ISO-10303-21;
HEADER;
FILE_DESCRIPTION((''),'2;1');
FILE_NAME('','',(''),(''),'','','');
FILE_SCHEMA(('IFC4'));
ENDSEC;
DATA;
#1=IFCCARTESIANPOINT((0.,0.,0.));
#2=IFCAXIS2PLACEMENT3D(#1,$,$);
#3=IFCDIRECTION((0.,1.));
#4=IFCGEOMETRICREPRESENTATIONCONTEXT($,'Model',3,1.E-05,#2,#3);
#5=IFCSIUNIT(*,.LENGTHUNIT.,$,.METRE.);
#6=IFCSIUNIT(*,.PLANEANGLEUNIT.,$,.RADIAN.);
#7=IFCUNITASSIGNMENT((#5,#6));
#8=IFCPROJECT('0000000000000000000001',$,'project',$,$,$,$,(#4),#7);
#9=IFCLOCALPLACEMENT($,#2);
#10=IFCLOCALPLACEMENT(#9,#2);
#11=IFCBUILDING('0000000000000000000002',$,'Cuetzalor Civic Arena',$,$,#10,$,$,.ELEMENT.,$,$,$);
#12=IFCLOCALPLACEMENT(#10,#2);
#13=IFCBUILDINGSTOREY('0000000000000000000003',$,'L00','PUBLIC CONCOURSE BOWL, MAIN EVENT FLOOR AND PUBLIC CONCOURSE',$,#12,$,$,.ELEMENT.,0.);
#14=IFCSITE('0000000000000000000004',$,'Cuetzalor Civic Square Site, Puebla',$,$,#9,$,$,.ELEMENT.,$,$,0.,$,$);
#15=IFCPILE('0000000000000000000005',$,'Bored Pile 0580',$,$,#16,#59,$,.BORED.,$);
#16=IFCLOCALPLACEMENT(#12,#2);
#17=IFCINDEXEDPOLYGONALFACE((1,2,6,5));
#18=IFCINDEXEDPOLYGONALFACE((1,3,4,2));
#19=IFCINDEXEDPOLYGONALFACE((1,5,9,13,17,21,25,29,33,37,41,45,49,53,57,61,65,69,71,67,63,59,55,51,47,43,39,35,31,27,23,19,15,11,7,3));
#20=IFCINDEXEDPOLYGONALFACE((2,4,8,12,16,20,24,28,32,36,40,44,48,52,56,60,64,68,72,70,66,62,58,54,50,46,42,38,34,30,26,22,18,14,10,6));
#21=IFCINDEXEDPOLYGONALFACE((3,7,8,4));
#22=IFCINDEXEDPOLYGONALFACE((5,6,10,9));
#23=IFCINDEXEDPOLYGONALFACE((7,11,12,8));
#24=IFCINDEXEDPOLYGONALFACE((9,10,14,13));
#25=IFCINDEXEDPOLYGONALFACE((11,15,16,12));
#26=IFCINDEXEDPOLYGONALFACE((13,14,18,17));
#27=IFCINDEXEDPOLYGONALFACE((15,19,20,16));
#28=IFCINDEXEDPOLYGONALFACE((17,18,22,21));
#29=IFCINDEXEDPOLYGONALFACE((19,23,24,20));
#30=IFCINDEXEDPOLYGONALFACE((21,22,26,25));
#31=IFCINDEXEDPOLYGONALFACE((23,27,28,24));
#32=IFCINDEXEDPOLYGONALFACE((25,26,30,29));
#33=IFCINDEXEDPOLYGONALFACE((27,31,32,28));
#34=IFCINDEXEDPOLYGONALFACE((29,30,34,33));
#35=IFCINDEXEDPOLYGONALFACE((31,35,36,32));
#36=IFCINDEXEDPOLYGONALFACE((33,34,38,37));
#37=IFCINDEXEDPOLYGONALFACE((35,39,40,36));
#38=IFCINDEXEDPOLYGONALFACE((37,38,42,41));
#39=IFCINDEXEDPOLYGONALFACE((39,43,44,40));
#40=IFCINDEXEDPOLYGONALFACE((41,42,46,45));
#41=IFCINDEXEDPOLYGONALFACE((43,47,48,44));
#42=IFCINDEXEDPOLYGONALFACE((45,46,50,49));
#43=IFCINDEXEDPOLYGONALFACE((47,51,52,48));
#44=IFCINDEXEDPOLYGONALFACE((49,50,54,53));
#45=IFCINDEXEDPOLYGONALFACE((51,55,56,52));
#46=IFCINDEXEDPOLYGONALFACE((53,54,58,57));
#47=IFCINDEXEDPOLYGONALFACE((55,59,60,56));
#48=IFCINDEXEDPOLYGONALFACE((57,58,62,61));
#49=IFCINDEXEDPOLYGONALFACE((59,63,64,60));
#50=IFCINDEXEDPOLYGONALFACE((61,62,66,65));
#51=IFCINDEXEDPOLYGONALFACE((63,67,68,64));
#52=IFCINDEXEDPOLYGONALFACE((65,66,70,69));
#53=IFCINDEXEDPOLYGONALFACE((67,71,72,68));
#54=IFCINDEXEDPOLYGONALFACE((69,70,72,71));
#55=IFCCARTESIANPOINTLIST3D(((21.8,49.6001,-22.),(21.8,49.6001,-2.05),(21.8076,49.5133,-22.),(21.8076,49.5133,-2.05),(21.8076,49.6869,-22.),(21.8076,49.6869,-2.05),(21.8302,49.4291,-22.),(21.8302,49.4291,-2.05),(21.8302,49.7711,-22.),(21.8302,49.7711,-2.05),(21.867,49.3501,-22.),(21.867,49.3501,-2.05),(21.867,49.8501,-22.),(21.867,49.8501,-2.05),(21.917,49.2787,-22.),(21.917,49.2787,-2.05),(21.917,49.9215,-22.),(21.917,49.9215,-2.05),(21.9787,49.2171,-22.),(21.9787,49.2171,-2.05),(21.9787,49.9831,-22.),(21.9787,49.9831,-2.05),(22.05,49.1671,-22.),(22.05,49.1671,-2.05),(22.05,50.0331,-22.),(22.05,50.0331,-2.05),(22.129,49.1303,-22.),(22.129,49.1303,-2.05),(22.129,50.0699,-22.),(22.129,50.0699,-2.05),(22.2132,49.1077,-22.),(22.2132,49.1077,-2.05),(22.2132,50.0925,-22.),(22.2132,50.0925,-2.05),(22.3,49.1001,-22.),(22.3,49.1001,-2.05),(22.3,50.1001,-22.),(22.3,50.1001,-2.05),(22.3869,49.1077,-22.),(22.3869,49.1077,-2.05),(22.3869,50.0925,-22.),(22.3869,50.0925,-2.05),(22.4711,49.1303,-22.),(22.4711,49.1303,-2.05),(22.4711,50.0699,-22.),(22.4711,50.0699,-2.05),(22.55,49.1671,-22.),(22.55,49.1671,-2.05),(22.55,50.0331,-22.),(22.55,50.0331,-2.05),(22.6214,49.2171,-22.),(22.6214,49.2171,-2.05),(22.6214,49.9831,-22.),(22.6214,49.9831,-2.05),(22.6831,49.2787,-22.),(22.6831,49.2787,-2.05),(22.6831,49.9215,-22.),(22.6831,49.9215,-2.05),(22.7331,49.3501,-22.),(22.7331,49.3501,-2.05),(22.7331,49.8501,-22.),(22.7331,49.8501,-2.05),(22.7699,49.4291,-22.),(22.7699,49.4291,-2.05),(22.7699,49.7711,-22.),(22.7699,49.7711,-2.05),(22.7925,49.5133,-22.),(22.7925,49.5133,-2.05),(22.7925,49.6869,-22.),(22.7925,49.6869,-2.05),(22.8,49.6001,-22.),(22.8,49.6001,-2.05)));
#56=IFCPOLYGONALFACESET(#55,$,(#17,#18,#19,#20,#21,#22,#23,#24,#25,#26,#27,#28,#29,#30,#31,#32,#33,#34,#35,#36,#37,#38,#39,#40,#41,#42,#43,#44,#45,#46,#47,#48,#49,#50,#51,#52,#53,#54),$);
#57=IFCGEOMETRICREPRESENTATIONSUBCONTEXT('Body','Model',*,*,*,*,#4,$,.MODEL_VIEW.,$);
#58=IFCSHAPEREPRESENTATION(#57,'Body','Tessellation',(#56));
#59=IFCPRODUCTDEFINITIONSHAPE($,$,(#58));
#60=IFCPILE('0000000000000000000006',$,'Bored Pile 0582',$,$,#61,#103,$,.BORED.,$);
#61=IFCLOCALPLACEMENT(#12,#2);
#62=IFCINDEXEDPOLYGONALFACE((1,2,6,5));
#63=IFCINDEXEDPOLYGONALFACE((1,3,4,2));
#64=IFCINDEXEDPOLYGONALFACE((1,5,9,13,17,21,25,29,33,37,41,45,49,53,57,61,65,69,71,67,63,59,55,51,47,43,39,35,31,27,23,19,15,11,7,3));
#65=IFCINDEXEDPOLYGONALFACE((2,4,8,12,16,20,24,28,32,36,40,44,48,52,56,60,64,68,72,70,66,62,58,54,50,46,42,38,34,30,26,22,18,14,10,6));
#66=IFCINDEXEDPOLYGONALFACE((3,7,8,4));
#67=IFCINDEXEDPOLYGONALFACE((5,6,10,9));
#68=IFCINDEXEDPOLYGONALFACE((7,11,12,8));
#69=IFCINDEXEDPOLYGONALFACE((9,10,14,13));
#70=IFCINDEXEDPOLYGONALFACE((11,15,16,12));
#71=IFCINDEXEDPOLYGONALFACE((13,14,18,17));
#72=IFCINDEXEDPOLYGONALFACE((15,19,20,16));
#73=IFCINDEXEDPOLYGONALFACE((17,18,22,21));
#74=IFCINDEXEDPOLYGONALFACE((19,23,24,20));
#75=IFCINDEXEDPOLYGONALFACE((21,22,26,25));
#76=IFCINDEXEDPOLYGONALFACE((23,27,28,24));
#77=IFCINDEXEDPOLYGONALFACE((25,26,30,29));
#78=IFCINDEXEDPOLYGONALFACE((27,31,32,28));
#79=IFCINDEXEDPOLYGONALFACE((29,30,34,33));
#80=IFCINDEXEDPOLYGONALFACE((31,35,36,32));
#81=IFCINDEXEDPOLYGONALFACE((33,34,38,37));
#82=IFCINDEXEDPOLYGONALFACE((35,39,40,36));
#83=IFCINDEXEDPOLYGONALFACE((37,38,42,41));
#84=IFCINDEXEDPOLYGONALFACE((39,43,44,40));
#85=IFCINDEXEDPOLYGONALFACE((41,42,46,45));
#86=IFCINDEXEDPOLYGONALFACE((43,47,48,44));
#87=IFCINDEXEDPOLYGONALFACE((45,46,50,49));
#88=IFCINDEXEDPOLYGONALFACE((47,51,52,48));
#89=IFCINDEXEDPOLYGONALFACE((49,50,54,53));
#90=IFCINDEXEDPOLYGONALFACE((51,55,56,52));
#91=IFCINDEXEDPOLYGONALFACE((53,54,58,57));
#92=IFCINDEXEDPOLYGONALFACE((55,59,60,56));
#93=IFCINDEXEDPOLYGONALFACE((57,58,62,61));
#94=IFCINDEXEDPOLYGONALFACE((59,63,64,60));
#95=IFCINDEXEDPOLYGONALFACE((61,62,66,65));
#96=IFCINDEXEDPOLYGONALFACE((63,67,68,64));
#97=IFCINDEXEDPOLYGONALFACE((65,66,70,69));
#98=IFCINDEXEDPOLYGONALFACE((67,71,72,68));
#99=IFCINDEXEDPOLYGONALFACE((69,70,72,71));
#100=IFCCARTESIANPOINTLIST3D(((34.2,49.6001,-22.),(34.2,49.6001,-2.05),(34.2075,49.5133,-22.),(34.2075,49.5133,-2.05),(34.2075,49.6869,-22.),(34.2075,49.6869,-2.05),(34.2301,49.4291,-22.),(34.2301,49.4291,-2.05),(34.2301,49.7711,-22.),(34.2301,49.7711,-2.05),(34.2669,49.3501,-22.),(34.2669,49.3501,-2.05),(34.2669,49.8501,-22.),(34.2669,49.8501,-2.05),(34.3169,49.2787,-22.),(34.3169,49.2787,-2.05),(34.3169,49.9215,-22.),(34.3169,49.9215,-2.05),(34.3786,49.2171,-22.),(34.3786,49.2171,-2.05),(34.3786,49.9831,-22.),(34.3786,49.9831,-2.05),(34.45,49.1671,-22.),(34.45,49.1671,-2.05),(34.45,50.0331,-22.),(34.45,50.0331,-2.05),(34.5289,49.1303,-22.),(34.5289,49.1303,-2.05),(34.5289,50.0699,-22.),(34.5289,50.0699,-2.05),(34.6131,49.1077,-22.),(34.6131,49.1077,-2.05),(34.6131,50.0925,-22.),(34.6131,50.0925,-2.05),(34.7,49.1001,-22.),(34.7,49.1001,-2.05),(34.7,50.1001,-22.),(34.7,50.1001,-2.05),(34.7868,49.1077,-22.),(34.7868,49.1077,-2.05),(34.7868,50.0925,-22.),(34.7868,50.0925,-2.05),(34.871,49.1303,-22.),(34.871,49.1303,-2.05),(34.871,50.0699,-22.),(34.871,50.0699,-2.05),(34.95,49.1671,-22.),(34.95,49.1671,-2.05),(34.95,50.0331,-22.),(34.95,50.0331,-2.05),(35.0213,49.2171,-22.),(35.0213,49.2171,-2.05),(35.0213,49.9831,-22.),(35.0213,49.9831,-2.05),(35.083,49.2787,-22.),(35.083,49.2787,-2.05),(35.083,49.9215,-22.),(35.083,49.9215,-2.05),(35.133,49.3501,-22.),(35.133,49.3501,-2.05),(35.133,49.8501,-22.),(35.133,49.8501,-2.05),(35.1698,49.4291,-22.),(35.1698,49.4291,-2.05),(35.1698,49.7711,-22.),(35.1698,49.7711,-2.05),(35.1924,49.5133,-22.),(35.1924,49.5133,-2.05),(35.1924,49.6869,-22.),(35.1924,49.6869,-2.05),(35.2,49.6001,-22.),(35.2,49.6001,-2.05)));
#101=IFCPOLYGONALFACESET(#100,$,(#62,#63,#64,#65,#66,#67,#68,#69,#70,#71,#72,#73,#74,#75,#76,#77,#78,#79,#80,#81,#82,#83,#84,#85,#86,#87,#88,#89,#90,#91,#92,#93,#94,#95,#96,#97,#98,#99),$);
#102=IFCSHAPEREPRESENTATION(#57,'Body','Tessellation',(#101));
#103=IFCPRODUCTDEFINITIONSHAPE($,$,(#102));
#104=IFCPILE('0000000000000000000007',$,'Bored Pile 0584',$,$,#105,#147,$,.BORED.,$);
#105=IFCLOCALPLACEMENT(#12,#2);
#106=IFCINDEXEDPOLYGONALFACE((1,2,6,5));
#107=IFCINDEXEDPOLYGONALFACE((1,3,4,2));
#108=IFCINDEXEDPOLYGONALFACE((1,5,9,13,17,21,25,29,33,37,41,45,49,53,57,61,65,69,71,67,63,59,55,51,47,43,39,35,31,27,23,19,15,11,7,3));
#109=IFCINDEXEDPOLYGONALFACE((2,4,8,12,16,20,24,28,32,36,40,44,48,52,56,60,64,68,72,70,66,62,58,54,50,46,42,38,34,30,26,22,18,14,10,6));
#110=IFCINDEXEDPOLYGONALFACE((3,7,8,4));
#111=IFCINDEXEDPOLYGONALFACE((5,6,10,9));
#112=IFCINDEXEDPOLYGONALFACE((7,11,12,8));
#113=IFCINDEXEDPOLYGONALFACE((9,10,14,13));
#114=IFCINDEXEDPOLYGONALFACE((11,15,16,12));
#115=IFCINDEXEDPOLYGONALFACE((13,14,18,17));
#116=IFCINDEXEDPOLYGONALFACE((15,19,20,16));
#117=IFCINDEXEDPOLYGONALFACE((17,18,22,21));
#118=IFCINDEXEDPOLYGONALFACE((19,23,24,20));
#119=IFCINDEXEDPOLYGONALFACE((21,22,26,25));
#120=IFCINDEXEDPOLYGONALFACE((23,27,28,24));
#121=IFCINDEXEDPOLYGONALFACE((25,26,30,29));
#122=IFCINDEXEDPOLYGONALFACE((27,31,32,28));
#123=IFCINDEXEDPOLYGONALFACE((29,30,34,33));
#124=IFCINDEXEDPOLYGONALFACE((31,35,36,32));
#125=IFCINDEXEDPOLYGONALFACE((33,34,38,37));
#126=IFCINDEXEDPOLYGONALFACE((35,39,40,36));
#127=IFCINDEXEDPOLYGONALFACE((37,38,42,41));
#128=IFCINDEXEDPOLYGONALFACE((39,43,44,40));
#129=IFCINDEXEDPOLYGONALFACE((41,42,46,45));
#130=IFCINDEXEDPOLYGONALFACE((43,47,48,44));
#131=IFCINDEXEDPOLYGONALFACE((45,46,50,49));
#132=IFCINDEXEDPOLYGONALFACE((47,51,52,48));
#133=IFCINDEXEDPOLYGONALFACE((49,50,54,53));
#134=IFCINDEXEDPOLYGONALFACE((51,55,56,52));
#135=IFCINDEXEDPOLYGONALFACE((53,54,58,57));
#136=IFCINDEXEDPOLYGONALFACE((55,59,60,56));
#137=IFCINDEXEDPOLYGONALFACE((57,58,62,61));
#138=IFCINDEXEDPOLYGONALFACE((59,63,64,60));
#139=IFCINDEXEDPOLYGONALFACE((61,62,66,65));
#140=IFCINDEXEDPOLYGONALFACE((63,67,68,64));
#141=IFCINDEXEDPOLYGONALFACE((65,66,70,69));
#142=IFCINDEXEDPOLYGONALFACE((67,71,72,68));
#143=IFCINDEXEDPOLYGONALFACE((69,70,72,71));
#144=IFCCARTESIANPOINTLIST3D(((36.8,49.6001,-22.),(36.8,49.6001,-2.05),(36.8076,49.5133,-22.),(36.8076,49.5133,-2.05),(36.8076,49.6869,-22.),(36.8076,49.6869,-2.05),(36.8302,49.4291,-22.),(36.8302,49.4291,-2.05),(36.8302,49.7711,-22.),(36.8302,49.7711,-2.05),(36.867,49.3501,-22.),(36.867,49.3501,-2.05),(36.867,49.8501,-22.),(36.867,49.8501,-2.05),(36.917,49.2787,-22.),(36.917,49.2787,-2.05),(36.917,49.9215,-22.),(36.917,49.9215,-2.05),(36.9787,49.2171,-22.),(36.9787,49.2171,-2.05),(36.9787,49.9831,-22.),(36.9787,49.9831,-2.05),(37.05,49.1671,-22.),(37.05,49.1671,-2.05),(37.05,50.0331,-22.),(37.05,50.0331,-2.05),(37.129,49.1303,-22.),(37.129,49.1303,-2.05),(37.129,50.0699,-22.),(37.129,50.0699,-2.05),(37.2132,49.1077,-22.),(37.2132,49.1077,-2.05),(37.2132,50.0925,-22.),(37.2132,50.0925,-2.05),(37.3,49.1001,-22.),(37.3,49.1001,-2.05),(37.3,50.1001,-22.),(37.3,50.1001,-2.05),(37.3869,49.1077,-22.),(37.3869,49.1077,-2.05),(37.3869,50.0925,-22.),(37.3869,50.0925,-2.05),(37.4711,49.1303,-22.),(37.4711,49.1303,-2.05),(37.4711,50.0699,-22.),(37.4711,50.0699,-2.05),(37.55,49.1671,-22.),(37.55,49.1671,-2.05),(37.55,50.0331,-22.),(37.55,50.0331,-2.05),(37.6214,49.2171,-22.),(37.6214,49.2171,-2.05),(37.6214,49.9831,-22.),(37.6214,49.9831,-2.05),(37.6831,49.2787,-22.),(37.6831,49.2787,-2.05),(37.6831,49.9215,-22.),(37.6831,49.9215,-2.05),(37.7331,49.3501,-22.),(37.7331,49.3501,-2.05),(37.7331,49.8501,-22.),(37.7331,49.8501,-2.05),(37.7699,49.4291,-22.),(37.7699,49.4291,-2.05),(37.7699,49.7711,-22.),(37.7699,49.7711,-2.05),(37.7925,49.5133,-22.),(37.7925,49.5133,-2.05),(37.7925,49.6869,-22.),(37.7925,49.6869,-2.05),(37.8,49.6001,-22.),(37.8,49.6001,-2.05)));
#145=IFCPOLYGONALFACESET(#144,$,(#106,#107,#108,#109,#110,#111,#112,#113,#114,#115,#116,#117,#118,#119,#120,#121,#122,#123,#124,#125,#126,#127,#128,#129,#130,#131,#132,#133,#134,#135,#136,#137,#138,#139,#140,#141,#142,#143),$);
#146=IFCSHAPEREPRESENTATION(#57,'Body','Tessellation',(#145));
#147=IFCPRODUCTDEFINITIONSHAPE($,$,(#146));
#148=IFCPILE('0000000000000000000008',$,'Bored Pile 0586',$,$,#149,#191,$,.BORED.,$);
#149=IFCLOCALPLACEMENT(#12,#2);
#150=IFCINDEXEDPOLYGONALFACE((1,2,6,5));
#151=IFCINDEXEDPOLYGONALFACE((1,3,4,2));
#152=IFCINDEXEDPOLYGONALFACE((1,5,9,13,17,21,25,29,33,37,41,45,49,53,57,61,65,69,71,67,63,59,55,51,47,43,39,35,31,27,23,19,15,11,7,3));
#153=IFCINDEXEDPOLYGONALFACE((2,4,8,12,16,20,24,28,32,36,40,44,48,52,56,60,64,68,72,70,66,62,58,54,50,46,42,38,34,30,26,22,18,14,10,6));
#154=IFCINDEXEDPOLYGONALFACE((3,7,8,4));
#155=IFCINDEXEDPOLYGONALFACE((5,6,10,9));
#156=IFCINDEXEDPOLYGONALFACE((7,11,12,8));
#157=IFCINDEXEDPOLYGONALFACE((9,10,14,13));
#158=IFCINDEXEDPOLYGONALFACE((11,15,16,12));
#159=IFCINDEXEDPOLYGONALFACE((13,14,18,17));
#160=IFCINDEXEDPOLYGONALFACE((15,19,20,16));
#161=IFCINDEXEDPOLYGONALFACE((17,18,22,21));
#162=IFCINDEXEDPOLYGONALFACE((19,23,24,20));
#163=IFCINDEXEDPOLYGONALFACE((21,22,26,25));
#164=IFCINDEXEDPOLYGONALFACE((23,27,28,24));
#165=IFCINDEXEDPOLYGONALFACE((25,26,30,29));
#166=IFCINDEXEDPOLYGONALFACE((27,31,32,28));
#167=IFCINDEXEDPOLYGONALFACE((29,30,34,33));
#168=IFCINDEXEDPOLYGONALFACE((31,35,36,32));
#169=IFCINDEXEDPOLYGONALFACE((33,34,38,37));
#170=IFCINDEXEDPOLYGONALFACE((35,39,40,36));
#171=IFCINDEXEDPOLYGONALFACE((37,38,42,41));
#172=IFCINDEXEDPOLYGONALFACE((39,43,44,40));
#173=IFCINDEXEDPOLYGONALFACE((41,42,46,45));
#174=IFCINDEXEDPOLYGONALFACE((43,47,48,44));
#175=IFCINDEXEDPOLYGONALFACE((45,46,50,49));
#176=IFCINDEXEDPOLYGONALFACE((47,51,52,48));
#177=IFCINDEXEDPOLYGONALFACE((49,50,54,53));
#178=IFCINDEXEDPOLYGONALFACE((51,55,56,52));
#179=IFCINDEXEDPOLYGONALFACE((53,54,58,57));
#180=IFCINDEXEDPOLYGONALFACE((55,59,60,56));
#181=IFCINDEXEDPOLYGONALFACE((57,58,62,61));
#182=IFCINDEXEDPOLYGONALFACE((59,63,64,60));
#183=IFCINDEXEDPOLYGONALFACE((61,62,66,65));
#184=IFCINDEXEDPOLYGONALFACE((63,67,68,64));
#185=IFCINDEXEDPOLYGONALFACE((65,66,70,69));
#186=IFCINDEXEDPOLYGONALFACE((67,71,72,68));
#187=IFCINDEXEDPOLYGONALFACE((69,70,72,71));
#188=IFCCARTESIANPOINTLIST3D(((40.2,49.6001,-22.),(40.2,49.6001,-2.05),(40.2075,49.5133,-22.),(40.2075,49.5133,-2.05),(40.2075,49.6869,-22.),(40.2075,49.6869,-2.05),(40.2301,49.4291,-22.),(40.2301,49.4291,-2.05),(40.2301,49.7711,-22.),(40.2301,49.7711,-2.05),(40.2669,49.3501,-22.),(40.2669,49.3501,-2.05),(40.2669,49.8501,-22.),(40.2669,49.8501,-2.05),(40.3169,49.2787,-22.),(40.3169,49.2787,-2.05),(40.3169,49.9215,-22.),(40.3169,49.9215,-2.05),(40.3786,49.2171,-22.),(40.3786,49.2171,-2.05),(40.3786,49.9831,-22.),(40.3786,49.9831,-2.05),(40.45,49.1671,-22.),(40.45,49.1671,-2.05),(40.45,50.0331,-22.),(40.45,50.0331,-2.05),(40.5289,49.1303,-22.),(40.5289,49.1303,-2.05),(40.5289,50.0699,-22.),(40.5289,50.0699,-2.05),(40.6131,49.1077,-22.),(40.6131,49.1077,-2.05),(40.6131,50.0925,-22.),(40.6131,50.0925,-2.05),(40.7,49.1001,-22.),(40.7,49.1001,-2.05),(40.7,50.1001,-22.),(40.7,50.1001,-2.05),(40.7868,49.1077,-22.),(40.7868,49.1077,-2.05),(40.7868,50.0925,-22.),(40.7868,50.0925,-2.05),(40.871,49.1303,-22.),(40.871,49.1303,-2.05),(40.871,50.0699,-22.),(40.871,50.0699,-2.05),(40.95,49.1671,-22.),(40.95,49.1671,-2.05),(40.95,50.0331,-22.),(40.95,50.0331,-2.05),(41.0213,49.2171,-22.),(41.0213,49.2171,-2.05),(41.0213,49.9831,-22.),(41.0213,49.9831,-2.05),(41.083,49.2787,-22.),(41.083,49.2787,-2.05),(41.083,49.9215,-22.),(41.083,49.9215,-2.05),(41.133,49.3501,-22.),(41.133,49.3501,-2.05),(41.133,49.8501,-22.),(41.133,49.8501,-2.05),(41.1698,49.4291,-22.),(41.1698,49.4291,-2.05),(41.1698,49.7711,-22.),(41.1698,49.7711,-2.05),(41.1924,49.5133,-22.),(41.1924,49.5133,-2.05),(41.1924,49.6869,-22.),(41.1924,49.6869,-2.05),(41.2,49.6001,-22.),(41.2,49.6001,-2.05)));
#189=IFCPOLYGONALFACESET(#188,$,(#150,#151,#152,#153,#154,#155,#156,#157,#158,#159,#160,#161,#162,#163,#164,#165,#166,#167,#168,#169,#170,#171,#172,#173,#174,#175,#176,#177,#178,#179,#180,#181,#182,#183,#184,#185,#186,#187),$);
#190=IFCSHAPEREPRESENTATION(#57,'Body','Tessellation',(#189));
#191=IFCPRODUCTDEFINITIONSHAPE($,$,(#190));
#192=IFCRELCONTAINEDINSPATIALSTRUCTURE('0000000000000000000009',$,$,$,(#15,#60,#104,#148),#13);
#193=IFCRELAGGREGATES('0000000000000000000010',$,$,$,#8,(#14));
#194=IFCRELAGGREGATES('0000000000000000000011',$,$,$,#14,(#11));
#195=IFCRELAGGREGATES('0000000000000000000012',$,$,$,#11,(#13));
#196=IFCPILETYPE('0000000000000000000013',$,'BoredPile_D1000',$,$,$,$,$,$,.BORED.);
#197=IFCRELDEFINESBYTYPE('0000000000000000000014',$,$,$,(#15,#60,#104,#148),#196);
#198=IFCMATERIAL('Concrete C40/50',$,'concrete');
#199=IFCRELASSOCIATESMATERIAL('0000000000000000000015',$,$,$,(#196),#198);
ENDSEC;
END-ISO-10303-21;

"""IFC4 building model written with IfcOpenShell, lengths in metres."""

from ifc_helpers import new_model, si_unit, direction, frame, origin, origin_2d, place, context, subcontext, project, spatial, circle, extrude, material, material_profile, profile_set, type_object, element, save


model = new_model("IFC4")

# Units and contexts
model_context = context("Model", 3, precision=1e-05, world=origin(), true_north=direction((0.0, 1.0)))
body_context = subcontext(model_context, "Body", "Model", "MODEL_VIEW")
ifc_project = project(units=[si_unit("LENGTHUNIT", "METRE"), si_unit("PLANEANGLEUNIT", "RADIAN")], contexts=[model_context])

# Site, building, storey
site_placement = place(None, origin())
site = spatial("IfcSite", under=ifc_project, at=site_placement, Name="Cuetzalor Civic Square Site, Puebla", CompositionType="ELEMENT", RefElevation=0.0)
building_placement = place(site_placement, origin())
building = spatial("IfcBuilding", under=site, at=building_placement, Name="Cuetzalor Civic Arena", CompositionType="ELEMENT")
storey_placement = place(building_placement, origin())
storey = spatial("IfcBuildingStorey", under=building, at=storey_placement, Name="L00", Description="PUBLIC CONCOURSE BOWL, MAIN EVENT FLOOR AND PUBLIC CONCOURSE", CompositionType="ELEMENT", Elevation=0.0)

# Piles
ifc_material_1 = material(Name="Concrete C40/50", Category="concrete")
ifc_material_profile_1 = material_profile(ifc_material_1, circle(Radius=0.5, at=origin_2d()), Name="BORED PILE D1000")
ifc_profile_set_1 = profile_set([ifc_material_profile_1], Name="Concrete C40/50")
pile_type = type_object("IfcPileType", Name="BoredPile_D1000", PredefinedType="BORED", material=ifc_profile_set_1)
for number, where, z_axis, x_axis, name in (
    (1, (22.3, 49.6001, -2.05), (0.0, 0.0, -1.0), (1.0, 0.0, 0.0), "Bored Pile 0580"),
    (2, (34.7, 49.6001, -2.05), (0.0, 0.0, -1.0), (1.0, 0.0, 0.0), "Bored Pile 0582"),
    (3, (37.3, 49.6001, -2.05), (0.0, 0.0, -1.0), (1.0, 0.0, 0.0), "Bored Pile 0584"),
    (4, (40.7, 49.6001, -2.05), (0.0, 0.0, -1.0), (1.0, 0.0, 0.0), "Bored Pile 0586"),
):
    element("IfcPile", number, at=place(storey_placement, frame(where, z_axis=z_axis, x_axis=x_axis)), inside=storey, type_object=pile_type, Name=name, PredefinedType="BORED", context=body_context, shape_type="SweptSolid", body=[
        extrude(circle(Radius=0.5, at=origin_2d()), origin(), (0.0, 0.0, 1.0), 19.95),
    ])

save(model, "model.ifc")
